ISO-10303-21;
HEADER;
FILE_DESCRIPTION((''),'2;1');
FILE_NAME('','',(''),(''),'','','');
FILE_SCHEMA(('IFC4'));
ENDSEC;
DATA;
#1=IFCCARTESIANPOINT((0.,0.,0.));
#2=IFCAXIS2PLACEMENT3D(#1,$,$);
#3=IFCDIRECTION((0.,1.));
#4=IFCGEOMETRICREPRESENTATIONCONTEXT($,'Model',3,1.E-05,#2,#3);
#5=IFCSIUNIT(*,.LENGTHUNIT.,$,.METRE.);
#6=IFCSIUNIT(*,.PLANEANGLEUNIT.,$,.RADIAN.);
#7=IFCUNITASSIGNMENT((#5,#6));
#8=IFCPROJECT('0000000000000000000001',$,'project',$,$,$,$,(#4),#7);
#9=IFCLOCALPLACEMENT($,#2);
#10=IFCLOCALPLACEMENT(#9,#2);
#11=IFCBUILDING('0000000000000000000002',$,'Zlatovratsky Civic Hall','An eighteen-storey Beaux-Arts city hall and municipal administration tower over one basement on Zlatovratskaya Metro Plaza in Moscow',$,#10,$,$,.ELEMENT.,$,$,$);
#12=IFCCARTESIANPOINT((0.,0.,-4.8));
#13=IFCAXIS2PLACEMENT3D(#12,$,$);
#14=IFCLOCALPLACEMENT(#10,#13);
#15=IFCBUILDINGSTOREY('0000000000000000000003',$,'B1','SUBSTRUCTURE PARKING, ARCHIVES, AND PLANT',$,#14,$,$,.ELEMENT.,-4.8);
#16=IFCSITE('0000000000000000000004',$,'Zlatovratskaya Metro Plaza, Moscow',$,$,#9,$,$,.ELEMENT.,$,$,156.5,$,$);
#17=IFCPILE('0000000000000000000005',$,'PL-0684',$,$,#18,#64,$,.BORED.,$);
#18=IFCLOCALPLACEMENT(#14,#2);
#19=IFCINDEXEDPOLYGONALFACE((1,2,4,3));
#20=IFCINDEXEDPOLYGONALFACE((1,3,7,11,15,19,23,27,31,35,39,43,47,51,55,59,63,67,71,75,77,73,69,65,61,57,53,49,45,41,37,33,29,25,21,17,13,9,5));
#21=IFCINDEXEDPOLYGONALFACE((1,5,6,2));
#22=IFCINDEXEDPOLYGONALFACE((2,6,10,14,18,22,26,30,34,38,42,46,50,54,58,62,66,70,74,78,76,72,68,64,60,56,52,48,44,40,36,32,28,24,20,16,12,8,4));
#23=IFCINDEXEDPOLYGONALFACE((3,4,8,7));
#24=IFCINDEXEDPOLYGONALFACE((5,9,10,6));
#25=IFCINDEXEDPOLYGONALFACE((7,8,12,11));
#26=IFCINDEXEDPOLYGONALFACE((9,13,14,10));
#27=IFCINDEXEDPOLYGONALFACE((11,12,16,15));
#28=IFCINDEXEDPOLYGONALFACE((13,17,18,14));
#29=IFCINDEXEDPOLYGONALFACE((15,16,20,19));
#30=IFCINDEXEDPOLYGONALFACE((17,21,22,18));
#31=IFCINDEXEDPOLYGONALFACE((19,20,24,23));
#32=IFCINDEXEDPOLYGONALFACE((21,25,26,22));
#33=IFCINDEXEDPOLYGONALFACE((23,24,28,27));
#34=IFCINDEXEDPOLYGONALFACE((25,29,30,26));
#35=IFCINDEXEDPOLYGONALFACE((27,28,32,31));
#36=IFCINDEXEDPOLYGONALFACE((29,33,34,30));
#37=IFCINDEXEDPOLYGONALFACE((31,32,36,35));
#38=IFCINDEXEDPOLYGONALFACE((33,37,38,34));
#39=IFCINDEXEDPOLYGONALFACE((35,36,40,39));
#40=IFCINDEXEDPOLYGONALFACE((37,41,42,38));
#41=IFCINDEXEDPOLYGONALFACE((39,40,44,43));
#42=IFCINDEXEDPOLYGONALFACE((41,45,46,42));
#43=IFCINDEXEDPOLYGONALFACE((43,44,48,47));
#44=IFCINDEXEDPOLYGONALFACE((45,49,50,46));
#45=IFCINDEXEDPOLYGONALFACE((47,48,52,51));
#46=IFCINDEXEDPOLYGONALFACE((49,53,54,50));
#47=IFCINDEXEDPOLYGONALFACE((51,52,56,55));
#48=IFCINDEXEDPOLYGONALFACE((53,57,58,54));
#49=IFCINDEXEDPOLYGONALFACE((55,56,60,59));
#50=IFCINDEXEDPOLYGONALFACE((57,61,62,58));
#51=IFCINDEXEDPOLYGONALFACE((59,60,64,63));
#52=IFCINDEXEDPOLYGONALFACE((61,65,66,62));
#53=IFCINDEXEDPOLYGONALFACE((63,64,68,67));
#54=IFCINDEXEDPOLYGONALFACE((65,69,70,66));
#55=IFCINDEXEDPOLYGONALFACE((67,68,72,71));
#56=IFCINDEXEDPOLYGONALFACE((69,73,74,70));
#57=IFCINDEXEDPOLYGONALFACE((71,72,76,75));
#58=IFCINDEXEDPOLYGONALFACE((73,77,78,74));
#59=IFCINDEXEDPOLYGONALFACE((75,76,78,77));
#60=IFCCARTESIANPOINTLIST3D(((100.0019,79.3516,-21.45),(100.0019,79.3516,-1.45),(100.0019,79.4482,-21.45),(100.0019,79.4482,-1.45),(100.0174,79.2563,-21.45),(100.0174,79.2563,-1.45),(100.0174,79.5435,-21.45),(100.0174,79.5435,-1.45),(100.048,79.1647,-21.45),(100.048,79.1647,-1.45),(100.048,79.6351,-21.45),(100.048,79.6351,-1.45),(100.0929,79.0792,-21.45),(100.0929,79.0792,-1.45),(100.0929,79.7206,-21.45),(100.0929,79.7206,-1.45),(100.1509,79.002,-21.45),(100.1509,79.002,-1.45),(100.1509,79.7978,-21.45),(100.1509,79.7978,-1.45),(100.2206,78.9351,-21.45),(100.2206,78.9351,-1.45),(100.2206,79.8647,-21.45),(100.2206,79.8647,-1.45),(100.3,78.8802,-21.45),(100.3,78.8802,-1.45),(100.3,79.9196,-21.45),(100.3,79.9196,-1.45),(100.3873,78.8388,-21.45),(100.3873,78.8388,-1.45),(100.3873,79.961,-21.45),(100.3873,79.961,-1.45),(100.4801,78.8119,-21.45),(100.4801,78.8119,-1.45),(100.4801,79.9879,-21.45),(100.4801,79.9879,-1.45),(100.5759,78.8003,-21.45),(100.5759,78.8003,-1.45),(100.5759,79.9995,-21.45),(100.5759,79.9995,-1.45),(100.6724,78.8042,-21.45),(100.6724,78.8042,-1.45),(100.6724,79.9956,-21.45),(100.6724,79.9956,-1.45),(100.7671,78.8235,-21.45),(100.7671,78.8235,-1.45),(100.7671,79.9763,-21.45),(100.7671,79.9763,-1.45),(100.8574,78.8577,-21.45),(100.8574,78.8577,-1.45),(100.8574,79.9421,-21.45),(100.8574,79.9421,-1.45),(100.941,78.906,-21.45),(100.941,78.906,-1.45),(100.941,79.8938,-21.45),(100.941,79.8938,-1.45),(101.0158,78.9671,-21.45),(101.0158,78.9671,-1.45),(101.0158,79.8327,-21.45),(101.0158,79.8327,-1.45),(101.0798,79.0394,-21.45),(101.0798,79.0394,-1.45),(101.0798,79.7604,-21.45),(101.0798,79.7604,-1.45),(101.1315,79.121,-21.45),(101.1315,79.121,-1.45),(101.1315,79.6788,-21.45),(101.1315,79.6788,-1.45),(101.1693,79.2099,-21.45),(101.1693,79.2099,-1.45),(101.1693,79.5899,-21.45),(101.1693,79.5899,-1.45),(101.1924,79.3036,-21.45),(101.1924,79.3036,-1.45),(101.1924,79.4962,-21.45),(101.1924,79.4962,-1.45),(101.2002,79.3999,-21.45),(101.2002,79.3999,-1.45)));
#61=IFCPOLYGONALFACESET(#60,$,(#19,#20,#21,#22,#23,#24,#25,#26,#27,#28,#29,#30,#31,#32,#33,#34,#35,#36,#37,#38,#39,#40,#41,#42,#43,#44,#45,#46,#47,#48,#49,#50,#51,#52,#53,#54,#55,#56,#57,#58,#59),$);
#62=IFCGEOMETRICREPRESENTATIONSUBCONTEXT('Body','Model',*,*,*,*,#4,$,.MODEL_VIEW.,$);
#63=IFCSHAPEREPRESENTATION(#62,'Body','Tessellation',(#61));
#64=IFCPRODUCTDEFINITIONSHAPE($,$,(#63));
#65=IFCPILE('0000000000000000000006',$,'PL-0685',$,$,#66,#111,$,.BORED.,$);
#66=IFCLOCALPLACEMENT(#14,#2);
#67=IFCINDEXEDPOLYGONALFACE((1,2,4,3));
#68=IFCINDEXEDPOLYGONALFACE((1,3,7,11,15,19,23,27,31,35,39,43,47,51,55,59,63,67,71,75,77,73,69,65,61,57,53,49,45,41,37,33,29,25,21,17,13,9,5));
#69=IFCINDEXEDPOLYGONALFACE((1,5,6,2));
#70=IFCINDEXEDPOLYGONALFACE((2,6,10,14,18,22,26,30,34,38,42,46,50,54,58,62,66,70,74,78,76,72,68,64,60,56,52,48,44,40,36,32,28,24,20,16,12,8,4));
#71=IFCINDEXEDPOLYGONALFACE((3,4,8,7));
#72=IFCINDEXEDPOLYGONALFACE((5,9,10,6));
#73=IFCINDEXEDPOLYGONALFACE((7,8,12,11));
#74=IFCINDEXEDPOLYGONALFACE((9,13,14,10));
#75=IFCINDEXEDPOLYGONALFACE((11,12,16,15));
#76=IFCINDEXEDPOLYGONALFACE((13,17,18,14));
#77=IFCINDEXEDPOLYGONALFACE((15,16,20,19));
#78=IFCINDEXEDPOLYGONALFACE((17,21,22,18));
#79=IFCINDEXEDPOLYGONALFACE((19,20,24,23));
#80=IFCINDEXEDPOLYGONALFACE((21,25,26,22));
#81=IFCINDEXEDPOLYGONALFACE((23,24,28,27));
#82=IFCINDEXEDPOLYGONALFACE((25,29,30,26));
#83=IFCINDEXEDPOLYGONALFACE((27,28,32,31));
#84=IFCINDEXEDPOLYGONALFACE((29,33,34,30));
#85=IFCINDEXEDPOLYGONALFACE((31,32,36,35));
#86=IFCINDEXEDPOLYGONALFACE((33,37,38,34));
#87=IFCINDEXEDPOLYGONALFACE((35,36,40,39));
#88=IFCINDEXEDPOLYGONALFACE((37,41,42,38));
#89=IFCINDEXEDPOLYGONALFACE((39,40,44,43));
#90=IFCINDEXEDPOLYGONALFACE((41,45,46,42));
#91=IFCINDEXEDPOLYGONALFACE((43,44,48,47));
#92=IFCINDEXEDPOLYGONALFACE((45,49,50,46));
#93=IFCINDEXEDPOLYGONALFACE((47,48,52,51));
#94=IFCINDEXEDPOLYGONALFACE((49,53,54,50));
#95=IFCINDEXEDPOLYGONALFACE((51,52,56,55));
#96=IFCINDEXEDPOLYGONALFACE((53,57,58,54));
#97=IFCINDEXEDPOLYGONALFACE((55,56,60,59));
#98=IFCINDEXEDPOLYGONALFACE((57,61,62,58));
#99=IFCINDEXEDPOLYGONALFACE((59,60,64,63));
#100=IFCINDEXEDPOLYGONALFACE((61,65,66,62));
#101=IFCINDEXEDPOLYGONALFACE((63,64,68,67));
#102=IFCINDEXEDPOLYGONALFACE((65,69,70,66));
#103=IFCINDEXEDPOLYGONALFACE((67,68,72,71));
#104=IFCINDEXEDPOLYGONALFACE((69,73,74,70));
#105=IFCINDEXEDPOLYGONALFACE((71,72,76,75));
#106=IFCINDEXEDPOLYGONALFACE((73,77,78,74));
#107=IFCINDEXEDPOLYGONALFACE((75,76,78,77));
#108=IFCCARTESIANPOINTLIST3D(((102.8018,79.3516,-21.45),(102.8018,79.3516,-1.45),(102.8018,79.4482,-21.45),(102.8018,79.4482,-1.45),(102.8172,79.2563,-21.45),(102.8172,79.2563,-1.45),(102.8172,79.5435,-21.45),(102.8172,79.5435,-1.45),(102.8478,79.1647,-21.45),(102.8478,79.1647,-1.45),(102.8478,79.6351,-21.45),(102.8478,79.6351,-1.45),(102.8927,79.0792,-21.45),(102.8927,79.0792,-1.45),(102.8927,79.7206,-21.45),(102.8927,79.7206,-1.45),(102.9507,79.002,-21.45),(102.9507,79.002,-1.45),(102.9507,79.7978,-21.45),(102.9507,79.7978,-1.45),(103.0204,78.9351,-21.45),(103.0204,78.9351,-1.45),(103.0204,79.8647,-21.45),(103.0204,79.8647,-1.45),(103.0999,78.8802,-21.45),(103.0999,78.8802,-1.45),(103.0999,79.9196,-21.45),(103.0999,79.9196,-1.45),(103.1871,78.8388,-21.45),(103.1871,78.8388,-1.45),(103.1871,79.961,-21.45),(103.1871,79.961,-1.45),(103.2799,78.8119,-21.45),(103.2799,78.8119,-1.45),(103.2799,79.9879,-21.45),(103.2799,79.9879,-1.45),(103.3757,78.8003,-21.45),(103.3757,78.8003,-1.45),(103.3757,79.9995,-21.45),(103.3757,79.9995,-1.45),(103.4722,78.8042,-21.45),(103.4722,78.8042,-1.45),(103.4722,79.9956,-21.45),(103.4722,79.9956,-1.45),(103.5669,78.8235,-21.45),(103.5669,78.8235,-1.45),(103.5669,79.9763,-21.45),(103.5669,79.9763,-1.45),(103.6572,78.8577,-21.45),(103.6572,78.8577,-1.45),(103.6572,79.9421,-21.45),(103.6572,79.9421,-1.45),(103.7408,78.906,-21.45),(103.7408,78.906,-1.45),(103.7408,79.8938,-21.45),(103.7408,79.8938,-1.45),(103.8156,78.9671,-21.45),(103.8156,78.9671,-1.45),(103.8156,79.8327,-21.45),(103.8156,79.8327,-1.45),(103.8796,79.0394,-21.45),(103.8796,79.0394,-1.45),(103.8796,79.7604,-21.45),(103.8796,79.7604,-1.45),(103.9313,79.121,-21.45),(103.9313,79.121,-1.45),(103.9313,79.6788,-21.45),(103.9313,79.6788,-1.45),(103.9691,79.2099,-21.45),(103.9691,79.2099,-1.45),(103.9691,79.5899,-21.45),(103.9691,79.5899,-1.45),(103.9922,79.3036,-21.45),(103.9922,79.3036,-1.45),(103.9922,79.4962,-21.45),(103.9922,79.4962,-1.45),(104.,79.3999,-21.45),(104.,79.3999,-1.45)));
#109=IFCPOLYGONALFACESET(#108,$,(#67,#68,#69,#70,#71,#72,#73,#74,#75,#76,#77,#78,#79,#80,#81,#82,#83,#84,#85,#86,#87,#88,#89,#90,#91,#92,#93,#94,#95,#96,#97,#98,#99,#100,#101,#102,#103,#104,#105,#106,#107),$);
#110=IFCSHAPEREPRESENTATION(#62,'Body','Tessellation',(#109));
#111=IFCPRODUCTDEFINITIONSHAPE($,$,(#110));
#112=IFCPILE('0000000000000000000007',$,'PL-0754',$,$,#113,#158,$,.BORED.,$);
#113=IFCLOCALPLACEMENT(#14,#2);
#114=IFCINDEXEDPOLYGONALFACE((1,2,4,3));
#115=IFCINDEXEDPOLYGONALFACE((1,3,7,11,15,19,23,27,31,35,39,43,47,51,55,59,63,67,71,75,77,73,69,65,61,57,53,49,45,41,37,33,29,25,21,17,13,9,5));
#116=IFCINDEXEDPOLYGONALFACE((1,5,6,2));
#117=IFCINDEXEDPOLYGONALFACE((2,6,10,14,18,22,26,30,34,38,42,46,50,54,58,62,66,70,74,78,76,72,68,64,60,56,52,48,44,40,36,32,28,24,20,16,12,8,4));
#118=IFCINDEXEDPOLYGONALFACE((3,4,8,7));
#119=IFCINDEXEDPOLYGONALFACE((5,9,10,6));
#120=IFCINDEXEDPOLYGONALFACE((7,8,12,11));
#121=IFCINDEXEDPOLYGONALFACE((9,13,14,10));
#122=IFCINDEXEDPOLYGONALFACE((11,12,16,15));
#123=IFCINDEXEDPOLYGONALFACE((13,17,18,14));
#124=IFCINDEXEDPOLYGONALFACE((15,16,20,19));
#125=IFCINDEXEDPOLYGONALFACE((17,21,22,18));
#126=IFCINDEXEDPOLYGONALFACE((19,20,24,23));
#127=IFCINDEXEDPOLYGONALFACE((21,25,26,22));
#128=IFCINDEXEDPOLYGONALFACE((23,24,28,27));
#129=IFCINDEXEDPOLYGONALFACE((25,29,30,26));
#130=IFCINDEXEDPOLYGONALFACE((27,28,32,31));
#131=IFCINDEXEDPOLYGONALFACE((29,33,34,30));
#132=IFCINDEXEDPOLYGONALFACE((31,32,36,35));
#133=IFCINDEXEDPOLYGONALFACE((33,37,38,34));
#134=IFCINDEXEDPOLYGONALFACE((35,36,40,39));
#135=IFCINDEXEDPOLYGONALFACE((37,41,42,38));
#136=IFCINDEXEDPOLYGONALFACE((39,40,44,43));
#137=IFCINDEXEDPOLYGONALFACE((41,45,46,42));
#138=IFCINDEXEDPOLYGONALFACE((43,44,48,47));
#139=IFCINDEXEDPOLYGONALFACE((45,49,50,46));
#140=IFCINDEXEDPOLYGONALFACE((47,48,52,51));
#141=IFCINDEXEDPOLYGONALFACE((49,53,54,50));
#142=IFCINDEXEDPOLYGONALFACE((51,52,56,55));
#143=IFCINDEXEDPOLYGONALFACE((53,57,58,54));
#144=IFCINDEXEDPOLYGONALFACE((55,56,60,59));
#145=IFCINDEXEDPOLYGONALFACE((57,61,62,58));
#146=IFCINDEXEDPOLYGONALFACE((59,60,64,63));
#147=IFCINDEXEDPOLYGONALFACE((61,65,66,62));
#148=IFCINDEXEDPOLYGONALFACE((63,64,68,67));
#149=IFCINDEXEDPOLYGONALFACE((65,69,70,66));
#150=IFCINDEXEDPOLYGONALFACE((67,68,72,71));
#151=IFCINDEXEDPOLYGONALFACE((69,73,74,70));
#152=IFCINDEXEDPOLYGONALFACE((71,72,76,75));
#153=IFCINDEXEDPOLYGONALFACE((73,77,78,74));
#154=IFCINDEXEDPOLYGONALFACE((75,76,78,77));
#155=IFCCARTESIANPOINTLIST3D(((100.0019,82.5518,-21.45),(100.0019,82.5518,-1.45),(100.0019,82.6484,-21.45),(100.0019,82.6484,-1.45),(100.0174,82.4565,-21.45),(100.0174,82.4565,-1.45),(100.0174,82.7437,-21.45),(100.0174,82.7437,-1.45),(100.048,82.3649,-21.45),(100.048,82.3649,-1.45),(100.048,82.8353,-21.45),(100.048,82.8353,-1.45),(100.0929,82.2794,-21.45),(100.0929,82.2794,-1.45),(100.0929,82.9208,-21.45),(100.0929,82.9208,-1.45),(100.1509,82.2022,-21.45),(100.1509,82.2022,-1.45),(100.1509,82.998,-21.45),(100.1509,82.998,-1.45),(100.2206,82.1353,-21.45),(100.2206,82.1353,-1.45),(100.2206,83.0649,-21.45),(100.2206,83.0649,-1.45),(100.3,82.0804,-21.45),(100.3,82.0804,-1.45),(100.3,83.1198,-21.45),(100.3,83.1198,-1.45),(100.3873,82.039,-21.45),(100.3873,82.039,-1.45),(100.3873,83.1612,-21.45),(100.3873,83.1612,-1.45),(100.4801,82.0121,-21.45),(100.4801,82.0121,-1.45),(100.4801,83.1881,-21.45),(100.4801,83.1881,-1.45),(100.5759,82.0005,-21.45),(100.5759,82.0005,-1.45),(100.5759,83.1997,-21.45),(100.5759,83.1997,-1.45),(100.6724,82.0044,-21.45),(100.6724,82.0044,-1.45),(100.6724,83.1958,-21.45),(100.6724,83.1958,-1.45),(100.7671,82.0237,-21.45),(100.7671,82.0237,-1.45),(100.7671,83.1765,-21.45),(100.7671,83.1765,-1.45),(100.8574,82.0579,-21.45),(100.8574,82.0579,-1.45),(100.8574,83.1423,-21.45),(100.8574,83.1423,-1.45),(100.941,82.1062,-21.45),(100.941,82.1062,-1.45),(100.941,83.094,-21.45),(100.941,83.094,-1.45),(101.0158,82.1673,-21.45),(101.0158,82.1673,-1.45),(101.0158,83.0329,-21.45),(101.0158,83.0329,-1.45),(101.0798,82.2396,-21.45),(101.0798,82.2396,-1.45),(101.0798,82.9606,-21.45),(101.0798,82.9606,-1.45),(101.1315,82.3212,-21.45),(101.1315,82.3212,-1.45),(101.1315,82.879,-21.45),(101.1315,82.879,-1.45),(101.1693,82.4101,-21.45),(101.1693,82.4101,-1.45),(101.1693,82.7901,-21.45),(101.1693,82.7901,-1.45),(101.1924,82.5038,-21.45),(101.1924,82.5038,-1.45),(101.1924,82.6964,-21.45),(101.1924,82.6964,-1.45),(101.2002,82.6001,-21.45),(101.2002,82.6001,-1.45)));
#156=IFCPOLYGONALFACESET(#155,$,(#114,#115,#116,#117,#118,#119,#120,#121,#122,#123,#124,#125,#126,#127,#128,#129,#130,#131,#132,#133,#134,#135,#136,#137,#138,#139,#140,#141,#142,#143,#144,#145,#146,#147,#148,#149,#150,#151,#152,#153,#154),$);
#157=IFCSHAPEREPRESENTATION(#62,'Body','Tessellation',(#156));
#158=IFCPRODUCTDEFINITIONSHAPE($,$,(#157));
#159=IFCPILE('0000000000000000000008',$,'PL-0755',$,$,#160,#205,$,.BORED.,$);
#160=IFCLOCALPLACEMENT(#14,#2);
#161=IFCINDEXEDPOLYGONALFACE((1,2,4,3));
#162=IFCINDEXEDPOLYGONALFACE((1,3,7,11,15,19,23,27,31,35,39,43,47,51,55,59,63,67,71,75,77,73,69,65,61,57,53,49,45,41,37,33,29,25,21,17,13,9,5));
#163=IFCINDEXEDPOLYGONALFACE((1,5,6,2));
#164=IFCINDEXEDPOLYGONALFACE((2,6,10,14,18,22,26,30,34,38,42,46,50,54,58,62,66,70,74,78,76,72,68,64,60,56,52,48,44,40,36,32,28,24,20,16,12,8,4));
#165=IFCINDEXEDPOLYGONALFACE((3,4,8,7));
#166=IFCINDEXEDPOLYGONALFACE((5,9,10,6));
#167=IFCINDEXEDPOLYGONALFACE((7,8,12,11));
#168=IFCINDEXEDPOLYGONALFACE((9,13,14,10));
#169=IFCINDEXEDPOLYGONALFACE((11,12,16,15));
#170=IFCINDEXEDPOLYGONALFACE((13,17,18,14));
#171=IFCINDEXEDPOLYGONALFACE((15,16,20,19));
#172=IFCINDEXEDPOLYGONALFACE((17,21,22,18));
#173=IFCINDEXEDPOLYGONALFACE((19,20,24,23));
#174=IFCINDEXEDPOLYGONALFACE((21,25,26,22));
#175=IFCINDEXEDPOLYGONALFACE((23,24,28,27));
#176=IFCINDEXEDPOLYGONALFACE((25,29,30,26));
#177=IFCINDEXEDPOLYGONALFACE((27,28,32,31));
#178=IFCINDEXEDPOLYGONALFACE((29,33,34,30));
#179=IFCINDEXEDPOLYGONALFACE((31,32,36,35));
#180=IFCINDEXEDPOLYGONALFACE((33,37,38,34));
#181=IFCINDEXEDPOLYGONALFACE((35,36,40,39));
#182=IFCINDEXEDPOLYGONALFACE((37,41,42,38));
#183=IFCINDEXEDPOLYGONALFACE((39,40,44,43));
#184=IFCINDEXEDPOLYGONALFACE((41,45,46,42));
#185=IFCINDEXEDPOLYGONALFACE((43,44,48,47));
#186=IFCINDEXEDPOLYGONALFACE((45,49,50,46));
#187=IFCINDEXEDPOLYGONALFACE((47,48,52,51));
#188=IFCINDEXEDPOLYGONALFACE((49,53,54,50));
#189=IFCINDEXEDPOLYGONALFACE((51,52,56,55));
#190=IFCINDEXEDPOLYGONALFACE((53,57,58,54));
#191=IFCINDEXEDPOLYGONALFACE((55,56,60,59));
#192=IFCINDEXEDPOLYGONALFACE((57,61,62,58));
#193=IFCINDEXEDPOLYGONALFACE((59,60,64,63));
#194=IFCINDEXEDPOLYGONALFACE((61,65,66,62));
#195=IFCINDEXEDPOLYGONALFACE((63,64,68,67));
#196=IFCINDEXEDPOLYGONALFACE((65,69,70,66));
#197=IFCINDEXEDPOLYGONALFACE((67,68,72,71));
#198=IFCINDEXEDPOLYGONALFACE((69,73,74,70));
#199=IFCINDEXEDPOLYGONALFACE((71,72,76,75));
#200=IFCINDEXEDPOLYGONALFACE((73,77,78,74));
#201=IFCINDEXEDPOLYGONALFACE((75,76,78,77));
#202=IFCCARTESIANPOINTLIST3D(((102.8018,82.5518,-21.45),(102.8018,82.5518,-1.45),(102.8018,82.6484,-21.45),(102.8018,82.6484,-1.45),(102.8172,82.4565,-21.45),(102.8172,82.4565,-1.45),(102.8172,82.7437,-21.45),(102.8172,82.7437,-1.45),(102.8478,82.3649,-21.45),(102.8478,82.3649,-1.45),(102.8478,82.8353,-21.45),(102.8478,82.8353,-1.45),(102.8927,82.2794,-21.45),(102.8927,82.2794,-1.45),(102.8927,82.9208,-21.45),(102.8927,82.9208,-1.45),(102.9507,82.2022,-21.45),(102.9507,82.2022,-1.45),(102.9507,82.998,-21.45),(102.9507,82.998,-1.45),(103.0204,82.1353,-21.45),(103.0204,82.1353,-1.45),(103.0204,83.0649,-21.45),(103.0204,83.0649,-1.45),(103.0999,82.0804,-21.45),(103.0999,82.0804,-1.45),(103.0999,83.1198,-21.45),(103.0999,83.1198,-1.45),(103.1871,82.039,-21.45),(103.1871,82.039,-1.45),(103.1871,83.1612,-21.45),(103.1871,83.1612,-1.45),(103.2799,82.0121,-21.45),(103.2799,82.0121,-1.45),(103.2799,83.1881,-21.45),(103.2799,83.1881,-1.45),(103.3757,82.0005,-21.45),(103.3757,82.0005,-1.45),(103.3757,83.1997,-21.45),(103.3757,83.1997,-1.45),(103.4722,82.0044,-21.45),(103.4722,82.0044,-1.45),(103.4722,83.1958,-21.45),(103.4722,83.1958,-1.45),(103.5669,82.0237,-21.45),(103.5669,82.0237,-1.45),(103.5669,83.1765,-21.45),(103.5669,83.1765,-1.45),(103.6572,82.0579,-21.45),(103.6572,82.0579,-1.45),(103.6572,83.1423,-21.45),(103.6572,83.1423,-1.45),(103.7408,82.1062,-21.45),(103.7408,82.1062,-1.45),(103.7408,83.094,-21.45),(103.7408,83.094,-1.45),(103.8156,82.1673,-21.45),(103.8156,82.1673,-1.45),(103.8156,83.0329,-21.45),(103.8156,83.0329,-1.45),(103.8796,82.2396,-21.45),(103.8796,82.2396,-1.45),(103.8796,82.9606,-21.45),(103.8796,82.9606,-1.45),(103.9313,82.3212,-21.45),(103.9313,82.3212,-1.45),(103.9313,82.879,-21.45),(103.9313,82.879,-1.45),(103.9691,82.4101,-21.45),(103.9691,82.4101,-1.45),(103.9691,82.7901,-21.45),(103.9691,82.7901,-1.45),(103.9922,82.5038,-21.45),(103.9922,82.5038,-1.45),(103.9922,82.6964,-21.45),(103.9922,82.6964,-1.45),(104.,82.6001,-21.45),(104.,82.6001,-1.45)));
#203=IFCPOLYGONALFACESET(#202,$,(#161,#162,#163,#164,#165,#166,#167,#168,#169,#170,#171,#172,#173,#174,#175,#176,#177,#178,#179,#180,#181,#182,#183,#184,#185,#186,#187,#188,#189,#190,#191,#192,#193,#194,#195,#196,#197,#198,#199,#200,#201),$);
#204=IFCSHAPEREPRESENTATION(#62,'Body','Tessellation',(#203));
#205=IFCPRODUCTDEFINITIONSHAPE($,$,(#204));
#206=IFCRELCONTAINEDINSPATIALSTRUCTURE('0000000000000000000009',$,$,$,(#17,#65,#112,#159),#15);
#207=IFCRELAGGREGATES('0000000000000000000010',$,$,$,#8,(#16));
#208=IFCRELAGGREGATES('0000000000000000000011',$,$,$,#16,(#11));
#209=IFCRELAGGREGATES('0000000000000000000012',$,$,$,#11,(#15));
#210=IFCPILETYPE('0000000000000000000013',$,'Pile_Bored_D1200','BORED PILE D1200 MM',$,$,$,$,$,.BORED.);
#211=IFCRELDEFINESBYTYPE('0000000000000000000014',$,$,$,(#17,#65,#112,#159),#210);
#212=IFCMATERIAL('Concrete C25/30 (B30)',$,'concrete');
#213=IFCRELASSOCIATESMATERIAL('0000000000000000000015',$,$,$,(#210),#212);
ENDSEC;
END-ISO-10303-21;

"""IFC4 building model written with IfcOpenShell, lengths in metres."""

from ifc_helpers import new_model, si_unit, direction, frame, origin, origin_2d, place, context, subcontext, project, spatial, circle, extrude, material, material_profile, profile_set, type_object, element, save


model = new_model("IFC4")

# Units and contexts
model_context = context("Model", 3, precision=1e-05, world=origin(), true_north=direction((0.0, 1.0)))
body_context = subcontext(model_context, "Body", "Model", "MODEL_VIEW")
ifc_project = project(units=[si_unit("LENGTHUNIT", "METRE"), si_unit("PLANEANGLEUNIT", "RADIAN")], contexts=[model_context])

# Site, building, storey
site_placement = place(None, origin())
site = spatial("IfcSite", under=ifc_project, at=site_placement, Name="Zlatovratskaya Metro Plaza, Moscow", CompositionType="ELEMENT", RefElevation=156.5)
building_placement = place(site_placement, origin())
building = spatial("IfcBuilding", under=site, at=building_placement, Name="Zlatovratsky Civic Hall", Description="An eighteen-storey Beaux-Arts city hall and municipal administration tower over one basement on Zlatovratskaya Metro Plaza in Moscow", CompositionType="ELEMENT")
storey_placement = place(building_placement, frame((0.0, 0.0, -4.8)))
storey = spatial("IfcBuildingStorey", under=building, at=storey_placement, Name="B1", Description="SUBSTRUCTURE PARKING, ARCHIVES, AND PLANT", CompositionType="ELEMENT", Elevation=-4.8)

# Shared definitions
ifc_material_1 = material(Name="Concrete C25/30 (B30)", Category="concrete")

# Piles
ifc_material_profile_1 = material_profile(ifc_material_1, circle(Radius=0.6001, at=origin_2d()), Name="PILE D1200")
ifc_profile_set_1 = profile_set([ifc_material_profile_1], Name="Concrete C25/30 (B30)")
pile_type_1 = type_object("IfcPileType", Name="Pile_Bored_D1200", Description="BORED PILE D1200 MM", PredefinedType="BORED", material=ifc_profile_set_1)
for number, where, z_axis, x_axis, name in (
    (1, (100.6001, 79.3999, -1.45), (0.0, 0.0, -1.0), (1.0, 0.0, 0.0), "PL-0684"),
    (2, (103.3999, 79.3999, -1.45), (0.0, 0.0, -1.0), (1.0, 0.0, 0.0), "PL-0685"),
    (3, (100.6001, 82.6001, -1.45), (0.0, 0.0, -1.0), (1.0, 0.0, 0.0), "PL-0754"),
    (4, (103.3999, 82.6001, -1.45), (0.0, 0.0, -1.0), (1.0, 0.0, 0.0), "PL-0755"),
):
    element("IfcPile", number, at=place(storey_placement, frame(where, z_axis=z_axis, x_axis=x_axis)), inside=storey, type_object=pile_type_1, Name=name, PredefinedType="BORED", context=body_context, shape_type="SweptSolid", body=[
        extrude(circle(Radius=0.6001, at=origin_2d()), origin(), (0.0, 0.0, 1.0), 20.0),
    ])

save(model, "model.ifc")
